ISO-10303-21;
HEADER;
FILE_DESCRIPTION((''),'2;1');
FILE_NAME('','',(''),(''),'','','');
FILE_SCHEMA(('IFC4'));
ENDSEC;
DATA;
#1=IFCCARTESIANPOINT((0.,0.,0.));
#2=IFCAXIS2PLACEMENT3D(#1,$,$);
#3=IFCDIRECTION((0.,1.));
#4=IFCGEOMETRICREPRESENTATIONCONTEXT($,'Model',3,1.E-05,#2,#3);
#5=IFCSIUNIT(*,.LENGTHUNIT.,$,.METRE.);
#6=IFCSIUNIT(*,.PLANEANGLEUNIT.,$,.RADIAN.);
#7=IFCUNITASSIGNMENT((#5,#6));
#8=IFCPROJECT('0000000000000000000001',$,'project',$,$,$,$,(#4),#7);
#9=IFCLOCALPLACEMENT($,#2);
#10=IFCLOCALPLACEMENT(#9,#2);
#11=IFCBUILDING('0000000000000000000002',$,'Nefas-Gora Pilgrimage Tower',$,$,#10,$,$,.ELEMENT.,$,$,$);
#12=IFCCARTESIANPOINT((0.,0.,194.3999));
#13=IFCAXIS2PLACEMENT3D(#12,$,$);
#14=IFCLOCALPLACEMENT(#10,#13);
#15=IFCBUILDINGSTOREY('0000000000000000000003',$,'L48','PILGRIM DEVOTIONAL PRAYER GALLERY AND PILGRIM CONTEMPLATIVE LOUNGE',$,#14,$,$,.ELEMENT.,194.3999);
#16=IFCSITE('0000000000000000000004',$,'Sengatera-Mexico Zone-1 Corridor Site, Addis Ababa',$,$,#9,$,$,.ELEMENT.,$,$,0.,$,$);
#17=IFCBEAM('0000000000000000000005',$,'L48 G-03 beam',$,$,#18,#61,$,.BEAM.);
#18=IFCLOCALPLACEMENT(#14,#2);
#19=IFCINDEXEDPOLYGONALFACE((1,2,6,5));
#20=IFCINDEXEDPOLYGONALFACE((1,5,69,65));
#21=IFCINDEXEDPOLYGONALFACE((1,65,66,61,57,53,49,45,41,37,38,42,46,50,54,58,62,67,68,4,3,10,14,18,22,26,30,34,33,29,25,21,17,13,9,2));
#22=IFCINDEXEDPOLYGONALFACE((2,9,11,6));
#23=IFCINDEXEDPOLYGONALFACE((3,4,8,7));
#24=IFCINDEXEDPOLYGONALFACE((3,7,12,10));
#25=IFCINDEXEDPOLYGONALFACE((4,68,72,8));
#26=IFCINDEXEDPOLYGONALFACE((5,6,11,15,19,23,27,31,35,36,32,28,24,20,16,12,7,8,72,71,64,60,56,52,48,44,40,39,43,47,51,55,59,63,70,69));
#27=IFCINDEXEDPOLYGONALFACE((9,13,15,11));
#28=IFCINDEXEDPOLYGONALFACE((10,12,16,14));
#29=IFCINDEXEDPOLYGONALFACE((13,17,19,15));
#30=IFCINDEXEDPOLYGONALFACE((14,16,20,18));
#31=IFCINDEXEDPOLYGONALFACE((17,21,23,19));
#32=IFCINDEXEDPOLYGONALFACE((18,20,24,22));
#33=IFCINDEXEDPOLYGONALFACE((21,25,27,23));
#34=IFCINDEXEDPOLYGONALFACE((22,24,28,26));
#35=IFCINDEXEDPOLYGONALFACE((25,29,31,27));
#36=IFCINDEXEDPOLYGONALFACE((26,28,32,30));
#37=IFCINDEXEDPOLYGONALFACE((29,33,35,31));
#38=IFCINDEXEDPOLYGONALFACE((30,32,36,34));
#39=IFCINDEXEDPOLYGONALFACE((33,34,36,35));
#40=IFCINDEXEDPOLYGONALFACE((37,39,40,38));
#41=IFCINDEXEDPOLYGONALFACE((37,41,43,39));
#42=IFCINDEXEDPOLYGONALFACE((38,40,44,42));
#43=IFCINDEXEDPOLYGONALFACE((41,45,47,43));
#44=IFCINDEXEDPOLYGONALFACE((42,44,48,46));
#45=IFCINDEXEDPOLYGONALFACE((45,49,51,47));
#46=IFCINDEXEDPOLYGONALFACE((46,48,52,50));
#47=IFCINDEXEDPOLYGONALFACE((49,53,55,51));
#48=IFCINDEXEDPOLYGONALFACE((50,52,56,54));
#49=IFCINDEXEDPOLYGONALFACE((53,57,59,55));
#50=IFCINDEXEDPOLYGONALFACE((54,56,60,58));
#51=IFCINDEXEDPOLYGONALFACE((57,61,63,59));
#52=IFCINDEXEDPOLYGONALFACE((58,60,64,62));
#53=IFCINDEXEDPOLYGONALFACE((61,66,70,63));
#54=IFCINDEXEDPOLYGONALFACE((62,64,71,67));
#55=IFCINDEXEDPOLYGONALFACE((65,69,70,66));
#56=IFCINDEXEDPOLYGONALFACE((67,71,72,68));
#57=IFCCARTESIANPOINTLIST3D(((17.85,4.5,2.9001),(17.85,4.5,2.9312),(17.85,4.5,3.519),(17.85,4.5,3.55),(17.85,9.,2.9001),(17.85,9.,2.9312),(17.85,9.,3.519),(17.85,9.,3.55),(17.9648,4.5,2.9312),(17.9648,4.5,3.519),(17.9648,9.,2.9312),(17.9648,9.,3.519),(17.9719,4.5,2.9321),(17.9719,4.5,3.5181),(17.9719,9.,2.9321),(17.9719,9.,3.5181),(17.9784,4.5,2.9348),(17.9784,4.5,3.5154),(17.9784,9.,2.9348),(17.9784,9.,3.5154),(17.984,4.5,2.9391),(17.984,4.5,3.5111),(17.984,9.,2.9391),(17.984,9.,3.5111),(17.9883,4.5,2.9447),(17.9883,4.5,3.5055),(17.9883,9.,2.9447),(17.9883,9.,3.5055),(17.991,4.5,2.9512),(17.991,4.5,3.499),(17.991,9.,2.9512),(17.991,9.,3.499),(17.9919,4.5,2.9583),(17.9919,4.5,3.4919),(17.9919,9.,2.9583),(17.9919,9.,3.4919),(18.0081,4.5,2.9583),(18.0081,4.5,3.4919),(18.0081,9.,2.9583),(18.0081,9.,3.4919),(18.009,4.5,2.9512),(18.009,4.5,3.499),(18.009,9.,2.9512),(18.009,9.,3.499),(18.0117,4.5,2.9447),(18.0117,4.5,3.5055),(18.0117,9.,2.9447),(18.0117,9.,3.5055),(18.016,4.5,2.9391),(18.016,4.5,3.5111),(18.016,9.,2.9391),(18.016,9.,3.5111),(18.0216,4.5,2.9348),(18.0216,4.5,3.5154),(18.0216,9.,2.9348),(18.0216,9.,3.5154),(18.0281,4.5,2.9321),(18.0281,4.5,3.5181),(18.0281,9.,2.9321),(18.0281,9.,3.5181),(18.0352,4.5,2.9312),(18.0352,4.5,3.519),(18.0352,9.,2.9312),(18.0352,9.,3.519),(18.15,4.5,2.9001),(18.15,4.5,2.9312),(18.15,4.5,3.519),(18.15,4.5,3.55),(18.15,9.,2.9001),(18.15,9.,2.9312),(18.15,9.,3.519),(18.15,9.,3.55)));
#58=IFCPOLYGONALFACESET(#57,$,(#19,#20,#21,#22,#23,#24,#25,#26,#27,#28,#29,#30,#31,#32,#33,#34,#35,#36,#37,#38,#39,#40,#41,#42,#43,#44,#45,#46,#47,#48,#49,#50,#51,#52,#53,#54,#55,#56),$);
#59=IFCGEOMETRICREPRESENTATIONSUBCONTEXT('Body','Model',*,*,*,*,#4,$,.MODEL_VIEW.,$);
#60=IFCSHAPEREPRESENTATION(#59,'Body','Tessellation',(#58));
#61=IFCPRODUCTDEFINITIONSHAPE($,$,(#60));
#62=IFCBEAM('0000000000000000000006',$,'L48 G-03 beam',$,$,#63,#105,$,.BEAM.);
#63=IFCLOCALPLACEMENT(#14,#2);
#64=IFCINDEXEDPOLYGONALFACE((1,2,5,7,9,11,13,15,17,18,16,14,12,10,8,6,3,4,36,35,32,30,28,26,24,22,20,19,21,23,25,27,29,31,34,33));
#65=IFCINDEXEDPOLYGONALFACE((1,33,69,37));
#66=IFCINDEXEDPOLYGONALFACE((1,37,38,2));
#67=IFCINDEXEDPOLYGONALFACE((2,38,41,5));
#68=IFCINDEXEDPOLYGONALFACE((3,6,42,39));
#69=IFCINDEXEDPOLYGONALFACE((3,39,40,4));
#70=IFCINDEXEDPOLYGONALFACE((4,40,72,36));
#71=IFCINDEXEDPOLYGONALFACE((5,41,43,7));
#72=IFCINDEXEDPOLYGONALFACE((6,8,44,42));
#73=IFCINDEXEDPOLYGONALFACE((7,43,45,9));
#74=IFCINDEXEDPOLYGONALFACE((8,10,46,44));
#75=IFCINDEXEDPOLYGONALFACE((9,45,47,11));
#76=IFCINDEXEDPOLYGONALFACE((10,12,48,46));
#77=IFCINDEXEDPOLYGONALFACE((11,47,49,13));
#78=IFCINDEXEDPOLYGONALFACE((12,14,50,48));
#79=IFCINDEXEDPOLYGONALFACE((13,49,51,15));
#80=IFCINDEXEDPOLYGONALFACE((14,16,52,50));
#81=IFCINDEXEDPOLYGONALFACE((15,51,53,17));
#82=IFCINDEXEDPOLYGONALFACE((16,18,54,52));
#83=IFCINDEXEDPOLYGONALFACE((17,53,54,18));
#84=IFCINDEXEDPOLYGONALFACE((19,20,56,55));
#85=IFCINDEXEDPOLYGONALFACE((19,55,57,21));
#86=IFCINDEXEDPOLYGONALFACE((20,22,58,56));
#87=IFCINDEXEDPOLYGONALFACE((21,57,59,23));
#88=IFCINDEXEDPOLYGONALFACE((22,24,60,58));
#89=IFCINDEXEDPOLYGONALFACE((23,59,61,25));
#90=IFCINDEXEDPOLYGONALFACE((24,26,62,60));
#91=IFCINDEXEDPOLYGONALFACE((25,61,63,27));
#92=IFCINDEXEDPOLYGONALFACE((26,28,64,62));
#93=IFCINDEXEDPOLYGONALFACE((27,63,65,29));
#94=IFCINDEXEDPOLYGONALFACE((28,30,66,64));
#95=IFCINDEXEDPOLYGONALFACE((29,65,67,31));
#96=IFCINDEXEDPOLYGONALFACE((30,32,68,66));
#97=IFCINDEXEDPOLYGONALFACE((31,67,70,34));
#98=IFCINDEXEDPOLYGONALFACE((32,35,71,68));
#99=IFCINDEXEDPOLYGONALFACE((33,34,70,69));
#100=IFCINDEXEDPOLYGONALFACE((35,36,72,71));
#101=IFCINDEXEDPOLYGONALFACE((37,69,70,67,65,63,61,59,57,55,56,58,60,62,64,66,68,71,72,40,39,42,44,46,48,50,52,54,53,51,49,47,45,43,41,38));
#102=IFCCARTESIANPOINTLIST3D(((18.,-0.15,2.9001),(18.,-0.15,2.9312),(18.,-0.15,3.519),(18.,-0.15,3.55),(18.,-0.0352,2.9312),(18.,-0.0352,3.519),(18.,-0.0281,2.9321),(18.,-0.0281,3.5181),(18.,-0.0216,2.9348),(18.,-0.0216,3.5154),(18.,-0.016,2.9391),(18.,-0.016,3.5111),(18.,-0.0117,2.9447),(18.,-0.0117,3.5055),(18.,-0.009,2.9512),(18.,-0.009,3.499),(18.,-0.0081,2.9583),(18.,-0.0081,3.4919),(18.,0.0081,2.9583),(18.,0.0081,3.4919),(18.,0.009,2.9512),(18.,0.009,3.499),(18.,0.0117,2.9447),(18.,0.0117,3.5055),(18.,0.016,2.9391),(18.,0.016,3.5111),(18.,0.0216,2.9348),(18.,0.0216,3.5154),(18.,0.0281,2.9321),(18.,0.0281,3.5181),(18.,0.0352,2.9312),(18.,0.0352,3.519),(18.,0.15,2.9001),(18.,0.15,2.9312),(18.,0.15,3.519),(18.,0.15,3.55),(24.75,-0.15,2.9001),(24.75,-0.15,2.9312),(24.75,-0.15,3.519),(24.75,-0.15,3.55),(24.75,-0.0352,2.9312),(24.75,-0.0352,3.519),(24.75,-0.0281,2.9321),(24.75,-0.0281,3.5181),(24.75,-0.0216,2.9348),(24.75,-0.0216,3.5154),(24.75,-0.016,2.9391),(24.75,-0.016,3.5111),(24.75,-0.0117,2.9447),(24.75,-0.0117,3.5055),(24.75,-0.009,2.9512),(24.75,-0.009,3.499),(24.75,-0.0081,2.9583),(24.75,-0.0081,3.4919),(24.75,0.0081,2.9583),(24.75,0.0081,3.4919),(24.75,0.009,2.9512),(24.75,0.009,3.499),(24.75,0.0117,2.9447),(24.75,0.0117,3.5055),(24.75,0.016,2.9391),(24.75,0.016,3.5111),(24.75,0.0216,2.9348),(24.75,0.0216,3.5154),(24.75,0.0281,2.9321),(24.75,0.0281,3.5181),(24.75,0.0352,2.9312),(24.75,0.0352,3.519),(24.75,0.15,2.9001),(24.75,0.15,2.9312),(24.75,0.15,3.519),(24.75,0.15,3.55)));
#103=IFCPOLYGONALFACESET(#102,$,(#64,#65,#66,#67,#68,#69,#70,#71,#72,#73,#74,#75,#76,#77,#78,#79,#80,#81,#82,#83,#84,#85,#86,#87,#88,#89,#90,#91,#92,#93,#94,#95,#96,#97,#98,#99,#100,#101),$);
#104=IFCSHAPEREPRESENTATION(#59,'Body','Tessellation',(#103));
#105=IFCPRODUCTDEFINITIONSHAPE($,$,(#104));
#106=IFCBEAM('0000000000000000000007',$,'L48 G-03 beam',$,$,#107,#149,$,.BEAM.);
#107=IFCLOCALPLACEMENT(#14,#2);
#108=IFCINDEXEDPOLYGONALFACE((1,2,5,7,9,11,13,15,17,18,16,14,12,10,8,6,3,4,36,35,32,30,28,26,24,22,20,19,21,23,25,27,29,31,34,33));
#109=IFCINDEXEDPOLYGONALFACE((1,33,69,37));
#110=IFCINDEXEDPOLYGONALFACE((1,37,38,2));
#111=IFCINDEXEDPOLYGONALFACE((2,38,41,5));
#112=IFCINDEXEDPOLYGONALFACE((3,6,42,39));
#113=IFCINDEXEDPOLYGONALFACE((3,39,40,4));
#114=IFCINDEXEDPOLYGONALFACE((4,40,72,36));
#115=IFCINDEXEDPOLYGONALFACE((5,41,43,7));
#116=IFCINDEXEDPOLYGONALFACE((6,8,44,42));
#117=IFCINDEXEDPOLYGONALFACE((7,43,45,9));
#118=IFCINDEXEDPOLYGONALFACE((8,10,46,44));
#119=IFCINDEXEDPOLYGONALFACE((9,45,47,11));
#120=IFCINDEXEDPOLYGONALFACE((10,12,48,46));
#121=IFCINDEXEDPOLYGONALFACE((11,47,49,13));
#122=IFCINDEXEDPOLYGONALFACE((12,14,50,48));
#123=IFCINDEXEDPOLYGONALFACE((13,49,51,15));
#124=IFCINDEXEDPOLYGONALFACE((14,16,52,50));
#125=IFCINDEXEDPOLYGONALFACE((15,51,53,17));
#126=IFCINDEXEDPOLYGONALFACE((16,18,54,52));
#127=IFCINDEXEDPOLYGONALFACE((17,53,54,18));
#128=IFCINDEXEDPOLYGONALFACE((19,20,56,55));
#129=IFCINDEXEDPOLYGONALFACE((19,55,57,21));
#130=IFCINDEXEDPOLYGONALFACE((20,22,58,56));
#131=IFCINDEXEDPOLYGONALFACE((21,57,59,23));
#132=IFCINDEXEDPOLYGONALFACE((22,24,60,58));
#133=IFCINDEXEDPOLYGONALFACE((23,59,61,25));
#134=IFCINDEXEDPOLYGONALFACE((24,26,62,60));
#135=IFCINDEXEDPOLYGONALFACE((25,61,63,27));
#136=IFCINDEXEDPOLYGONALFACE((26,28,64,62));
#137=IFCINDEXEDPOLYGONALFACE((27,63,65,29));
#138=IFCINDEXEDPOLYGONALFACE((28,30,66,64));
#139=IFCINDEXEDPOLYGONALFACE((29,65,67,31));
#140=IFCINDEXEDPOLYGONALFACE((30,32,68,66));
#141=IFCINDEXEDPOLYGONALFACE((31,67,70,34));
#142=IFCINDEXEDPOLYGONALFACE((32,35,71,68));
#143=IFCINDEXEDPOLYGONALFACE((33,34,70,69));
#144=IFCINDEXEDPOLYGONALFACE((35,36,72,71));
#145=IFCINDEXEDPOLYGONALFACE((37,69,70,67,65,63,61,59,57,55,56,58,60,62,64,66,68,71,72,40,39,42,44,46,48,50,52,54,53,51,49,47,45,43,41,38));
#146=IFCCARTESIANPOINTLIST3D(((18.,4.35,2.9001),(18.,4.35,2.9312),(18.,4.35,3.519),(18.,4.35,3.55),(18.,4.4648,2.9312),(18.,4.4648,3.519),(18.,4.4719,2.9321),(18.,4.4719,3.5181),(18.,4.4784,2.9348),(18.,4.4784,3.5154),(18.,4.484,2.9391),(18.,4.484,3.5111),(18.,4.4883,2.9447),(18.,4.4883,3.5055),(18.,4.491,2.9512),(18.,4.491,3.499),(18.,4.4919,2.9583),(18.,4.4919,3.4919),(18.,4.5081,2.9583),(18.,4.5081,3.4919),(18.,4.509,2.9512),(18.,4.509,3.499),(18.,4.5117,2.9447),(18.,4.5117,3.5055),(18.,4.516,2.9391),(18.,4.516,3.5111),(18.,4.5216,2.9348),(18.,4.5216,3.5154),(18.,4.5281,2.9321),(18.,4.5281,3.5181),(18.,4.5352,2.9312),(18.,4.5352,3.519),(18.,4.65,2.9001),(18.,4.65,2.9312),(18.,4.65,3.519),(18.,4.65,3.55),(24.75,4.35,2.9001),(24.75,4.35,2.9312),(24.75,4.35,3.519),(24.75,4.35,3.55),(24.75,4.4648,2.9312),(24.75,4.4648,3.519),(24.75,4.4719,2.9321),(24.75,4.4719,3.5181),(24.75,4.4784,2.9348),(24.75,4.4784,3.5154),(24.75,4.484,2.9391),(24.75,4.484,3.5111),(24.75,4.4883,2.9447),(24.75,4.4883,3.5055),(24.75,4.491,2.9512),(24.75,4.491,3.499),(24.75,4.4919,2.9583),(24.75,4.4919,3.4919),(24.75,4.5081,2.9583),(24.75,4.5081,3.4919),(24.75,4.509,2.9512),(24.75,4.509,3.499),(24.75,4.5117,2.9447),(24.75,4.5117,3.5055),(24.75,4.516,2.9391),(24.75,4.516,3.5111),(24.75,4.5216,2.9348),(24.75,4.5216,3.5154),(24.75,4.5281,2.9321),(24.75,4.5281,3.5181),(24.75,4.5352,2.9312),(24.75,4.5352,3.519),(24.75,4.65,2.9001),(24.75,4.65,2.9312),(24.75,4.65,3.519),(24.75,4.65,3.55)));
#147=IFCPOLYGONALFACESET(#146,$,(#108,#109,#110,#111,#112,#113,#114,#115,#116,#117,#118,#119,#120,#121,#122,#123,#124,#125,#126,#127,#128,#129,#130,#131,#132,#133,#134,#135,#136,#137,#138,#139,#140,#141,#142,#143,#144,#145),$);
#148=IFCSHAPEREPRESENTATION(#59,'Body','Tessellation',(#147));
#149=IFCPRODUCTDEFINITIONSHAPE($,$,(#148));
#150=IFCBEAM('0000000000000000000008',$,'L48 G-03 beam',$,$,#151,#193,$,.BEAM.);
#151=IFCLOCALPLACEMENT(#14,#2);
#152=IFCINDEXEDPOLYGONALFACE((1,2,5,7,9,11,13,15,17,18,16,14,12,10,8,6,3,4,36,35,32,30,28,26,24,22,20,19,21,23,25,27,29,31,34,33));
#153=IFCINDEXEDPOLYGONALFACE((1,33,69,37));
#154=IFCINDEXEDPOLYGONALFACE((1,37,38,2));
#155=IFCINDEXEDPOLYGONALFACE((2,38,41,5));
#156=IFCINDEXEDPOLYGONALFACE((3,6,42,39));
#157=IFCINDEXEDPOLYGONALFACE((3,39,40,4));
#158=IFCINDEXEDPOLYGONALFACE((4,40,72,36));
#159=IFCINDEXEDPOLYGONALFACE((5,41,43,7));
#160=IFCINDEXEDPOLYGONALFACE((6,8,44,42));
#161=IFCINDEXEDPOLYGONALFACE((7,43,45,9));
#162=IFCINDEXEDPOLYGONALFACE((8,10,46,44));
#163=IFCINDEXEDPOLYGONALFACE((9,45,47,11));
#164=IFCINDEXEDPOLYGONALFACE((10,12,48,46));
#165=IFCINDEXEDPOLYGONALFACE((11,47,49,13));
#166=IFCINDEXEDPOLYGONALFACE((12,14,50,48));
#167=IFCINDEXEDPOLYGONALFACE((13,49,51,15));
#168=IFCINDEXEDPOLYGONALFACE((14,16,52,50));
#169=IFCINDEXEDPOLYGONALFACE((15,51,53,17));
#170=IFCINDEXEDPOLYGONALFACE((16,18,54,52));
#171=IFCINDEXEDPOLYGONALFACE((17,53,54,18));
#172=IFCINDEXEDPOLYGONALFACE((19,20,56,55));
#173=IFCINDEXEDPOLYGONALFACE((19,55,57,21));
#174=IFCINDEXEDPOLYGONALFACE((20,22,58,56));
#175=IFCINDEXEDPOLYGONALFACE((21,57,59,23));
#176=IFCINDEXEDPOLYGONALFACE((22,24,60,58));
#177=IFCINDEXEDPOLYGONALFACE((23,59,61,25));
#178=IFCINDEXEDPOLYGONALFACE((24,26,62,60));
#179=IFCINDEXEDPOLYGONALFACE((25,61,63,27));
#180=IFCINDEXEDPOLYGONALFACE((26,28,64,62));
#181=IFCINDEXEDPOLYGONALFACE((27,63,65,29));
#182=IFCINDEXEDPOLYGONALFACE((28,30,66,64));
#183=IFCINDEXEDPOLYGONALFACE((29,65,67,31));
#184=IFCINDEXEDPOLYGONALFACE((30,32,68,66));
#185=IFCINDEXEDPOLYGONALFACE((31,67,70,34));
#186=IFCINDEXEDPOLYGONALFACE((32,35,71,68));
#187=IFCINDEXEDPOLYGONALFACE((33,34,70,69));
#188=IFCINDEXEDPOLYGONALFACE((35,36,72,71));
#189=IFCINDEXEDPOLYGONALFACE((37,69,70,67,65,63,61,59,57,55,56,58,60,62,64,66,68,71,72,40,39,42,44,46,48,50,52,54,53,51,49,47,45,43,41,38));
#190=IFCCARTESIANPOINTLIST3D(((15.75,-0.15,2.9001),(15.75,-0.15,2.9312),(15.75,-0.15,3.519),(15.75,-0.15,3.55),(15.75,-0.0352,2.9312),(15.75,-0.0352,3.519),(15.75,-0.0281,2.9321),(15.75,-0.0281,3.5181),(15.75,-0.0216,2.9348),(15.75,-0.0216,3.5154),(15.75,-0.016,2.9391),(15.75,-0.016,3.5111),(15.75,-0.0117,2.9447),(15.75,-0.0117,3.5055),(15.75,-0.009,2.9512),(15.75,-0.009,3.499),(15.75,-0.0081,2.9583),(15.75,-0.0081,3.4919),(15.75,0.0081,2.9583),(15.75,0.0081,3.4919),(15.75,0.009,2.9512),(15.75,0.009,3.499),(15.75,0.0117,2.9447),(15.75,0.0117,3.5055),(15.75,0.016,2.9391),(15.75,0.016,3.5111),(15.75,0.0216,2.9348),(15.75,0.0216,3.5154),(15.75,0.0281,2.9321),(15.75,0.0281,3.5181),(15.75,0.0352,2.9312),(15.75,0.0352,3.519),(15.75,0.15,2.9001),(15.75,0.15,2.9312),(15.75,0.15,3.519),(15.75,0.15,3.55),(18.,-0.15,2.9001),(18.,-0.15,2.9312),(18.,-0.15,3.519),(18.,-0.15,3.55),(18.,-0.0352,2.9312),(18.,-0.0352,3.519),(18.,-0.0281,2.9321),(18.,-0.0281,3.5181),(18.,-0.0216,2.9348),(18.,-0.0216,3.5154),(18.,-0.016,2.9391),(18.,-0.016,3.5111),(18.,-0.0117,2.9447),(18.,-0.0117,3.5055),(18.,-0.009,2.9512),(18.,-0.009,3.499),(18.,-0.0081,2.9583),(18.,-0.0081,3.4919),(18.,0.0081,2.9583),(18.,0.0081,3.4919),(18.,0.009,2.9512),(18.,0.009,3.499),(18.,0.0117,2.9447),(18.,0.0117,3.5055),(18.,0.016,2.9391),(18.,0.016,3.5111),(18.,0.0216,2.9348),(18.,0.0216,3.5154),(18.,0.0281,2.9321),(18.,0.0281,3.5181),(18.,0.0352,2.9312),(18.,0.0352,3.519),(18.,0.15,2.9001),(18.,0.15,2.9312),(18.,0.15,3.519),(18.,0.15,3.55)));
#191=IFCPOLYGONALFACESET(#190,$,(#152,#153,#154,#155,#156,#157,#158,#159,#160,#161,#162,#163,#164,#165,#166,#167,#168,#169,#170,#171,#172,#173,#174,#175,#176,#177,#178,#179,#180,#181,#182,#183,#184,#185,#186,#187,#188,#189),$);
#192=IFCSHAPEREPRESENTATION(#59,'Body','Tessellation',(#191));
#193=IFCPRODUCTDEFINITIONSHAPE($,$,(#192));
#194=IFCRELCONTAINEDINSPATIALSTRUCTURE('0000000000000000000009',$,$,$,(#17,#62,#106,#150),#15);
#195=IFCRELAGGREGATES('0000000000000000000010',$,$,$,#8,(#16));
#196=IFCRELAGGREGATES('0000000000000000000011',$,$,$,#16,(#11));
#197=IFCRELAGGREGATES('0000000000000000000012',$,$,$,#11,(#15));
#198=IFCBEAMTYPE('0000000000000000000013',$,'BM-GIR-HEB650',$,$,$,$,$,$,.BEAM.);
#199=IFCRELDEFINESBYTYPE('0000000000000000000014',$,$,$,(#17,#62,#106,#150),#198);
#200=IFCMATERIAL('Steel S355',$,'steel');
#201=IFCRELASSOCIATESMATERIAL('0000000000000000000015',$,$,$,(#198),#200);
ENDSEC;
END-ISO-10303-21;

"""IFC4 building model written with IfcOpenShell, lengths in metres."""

from ifc_helpers import new_model, si_unit, direction, frame, origin, origin_2d, place, context, subcontext, project, spatial, i_section, extrude, source, transform, mapped, material, material_profile, profile_set, type_object, element, save


model = new_model("IFC4")

# Units and contexts
model_context = context("Model", 3, precision=1e-05, world=origin(), true_north=direction((0.0, 1.0)))
body_context = subcontext(model_context, "Body", "Model", "MODEL_VIEW")
ifc_project = project(units=[si_unit("LENGTHUNIT", "METRE"), si_unit("PLANEANGLEUNIT", "RADIAN")], contexts=[model_context])

# Site, building, storey
site_placement = place(None, origin())
site = spatial("IfcSite", under=ifc_project, at=site_placement, Name="Sengatera-Mexico Zone-1 Corridor Site, Addis Ababa", CompositionType="ELEMENT", RefElevation=0.0)
building_placement = place(site_placement, origin())
building = spatial("IfcBuilding", under=site, at=building_placement, Name="Nefas-Gora Pilgrimage Tower", CompositionType="ELEMENT")
storey_placement = place(building_placement, frame((0.0, 0.0, 194.3999)))
storey = spatial("IfcBuildingStorey", under=building, at=storey_placement, Name="L48", Description="PILGRIM DEVOTIONAL PRAYER GALLERY AND PILGRIM CONTEMPLATIVE LOUNGE", CompositionType="ELEMENT", Elevation=194.3999)

# Beams
ifc_material_1 = material(Name="Steel S355", Category="steel")
ifc_material_profile_1 = material_profile(ifc_material_1, i_section(OverallWidth=0.3, OverallDepth=0.6499, WebThickness=0.0161, FlangeThickness=0.031, FilletRadius=0.0271, at=origin_2d()), Name="HEB 650")
ifc_profile_set_1 = profile_set([ifc_material_profile_1], Name="Steel S355")
beam_type_1 = type_object("IfcBeamType", Name="BM-GIR-HEB650", PredefinedType="BEAM", material=ifc_profile_set_1)
shared_shape_1 = source(origin(), body_context, "Body", "SweptSolid", [
    extrude(i_section(OverallWidth=0.3, OverallDepth=0.6499, WebThickness=0.0161, FlangeThickness=0.031, FilletRadius=0.0271, at=origin_2d()), origin(), (0.0, 0.0, 1.0), 4.5),
])
for number, where, z_axis, x_axis, name in (
    (1, (18.0, 4.5, 3.2251), (0.0, 1.0, 0.0), (-1.0, 0.0, 0.0), "L48 G-03 beam"),
):
    element("IfcBeam", number, at=place(storey_placement, frame(where, z_axis=z_axis, x_axis=x_axis)), inside=storey, type_object=beam_type_1, Name=name, PredefinedType="BEAM", context=body_context, shape_type="MappedRepresentation", body=[
        mapped(shared_shape_1, transform((0.0, 0.0, 0.0), x_axis=(1.0, 0.0, 0.0), y_axis=(0.0, 1.0, 0.0), z_axis=(0.0, 0.0, 1.0), scale=1.0)),
    ])
shared_shape_2 = source(origin(), body_context, "Body", "SweptSolid", [
    extrude(i_section(OverallWidth=0.3, OverallDepth=0.6499, WebThickness=0.0161, FlangeThickness=0.031, FilletRadius=0.0271, at=origin_2d()), origin(), (0.0, 0.0, 1.0), 6.75),
])
for number, where, z_axis, x_axis, name in (
    (2, (18.0, 0.0, 3.2251), (1.0, 0.0, 0.0), (0.0, 1.0, 0.0), "L48 G-03 beam"),
    (3, (18.0, 4.5, 3.2251), (1.0, 0.0, 0.0), (0.0, 1.0, 0.0), "L48 G-03 beam"),
):
    element("IfcBeam", number, at=place(storey_placement, frame(where, z_axis=z_axis, x_axis=x_axis)), inside=storey, type_object=beam_type_1, Name=name, PredefinedType="BEAM", context=body_context, shape_type="MappedRepresentation", body=[
        mapped(shared_shape_2, transform((0.0, 0.0, 0.0), x_axis=(1.0, 0.0, 0.0), y_axis=(0.0, 1.0, 0.0), z_axis=(0.0, 0.0, 1.0), scale=1.0)),
    ])
shared_shape_3 = source(origin(), body_context, "Body", "SweptSolid", [
    extrude(i_section(OverallWidth=0.3, OverallDepth=0.6499, WebThickness=0.0161, FlangeThickness=0.031, FilletRadius=0.0271, at=origin_2d()), origin(), (0.0, 0.0, 1.0), 2.25),
])
for number, where, z_axis, x_axis, name in (
    (4, (15.75, 0.0, 3.2251), (1.0, 0.0, 0.0), (0.0, 1.0, 0.0), "L48 G-03 beam"),
):
    element("IfcBeam", number, at=place(storey_placement, frame(where, z_axis=z_axis, x_axis=x_axis)), inside=storey, type_object=beam_type_1, Name=name, PredefinedType="BEAM", context=body_context, shape_type="MappedRepresentation", body=[
        mapped(shared_shape_3, transform((0.0, 0.0, 0.0), x_axis=(1.0, 0.0, 0.0), y_axis=(0.0, 1.0, 0.0), z_axis=(0.0, 0.0, 1.0), scale=1.0)),
    ])

save(model, "model.ifc")
